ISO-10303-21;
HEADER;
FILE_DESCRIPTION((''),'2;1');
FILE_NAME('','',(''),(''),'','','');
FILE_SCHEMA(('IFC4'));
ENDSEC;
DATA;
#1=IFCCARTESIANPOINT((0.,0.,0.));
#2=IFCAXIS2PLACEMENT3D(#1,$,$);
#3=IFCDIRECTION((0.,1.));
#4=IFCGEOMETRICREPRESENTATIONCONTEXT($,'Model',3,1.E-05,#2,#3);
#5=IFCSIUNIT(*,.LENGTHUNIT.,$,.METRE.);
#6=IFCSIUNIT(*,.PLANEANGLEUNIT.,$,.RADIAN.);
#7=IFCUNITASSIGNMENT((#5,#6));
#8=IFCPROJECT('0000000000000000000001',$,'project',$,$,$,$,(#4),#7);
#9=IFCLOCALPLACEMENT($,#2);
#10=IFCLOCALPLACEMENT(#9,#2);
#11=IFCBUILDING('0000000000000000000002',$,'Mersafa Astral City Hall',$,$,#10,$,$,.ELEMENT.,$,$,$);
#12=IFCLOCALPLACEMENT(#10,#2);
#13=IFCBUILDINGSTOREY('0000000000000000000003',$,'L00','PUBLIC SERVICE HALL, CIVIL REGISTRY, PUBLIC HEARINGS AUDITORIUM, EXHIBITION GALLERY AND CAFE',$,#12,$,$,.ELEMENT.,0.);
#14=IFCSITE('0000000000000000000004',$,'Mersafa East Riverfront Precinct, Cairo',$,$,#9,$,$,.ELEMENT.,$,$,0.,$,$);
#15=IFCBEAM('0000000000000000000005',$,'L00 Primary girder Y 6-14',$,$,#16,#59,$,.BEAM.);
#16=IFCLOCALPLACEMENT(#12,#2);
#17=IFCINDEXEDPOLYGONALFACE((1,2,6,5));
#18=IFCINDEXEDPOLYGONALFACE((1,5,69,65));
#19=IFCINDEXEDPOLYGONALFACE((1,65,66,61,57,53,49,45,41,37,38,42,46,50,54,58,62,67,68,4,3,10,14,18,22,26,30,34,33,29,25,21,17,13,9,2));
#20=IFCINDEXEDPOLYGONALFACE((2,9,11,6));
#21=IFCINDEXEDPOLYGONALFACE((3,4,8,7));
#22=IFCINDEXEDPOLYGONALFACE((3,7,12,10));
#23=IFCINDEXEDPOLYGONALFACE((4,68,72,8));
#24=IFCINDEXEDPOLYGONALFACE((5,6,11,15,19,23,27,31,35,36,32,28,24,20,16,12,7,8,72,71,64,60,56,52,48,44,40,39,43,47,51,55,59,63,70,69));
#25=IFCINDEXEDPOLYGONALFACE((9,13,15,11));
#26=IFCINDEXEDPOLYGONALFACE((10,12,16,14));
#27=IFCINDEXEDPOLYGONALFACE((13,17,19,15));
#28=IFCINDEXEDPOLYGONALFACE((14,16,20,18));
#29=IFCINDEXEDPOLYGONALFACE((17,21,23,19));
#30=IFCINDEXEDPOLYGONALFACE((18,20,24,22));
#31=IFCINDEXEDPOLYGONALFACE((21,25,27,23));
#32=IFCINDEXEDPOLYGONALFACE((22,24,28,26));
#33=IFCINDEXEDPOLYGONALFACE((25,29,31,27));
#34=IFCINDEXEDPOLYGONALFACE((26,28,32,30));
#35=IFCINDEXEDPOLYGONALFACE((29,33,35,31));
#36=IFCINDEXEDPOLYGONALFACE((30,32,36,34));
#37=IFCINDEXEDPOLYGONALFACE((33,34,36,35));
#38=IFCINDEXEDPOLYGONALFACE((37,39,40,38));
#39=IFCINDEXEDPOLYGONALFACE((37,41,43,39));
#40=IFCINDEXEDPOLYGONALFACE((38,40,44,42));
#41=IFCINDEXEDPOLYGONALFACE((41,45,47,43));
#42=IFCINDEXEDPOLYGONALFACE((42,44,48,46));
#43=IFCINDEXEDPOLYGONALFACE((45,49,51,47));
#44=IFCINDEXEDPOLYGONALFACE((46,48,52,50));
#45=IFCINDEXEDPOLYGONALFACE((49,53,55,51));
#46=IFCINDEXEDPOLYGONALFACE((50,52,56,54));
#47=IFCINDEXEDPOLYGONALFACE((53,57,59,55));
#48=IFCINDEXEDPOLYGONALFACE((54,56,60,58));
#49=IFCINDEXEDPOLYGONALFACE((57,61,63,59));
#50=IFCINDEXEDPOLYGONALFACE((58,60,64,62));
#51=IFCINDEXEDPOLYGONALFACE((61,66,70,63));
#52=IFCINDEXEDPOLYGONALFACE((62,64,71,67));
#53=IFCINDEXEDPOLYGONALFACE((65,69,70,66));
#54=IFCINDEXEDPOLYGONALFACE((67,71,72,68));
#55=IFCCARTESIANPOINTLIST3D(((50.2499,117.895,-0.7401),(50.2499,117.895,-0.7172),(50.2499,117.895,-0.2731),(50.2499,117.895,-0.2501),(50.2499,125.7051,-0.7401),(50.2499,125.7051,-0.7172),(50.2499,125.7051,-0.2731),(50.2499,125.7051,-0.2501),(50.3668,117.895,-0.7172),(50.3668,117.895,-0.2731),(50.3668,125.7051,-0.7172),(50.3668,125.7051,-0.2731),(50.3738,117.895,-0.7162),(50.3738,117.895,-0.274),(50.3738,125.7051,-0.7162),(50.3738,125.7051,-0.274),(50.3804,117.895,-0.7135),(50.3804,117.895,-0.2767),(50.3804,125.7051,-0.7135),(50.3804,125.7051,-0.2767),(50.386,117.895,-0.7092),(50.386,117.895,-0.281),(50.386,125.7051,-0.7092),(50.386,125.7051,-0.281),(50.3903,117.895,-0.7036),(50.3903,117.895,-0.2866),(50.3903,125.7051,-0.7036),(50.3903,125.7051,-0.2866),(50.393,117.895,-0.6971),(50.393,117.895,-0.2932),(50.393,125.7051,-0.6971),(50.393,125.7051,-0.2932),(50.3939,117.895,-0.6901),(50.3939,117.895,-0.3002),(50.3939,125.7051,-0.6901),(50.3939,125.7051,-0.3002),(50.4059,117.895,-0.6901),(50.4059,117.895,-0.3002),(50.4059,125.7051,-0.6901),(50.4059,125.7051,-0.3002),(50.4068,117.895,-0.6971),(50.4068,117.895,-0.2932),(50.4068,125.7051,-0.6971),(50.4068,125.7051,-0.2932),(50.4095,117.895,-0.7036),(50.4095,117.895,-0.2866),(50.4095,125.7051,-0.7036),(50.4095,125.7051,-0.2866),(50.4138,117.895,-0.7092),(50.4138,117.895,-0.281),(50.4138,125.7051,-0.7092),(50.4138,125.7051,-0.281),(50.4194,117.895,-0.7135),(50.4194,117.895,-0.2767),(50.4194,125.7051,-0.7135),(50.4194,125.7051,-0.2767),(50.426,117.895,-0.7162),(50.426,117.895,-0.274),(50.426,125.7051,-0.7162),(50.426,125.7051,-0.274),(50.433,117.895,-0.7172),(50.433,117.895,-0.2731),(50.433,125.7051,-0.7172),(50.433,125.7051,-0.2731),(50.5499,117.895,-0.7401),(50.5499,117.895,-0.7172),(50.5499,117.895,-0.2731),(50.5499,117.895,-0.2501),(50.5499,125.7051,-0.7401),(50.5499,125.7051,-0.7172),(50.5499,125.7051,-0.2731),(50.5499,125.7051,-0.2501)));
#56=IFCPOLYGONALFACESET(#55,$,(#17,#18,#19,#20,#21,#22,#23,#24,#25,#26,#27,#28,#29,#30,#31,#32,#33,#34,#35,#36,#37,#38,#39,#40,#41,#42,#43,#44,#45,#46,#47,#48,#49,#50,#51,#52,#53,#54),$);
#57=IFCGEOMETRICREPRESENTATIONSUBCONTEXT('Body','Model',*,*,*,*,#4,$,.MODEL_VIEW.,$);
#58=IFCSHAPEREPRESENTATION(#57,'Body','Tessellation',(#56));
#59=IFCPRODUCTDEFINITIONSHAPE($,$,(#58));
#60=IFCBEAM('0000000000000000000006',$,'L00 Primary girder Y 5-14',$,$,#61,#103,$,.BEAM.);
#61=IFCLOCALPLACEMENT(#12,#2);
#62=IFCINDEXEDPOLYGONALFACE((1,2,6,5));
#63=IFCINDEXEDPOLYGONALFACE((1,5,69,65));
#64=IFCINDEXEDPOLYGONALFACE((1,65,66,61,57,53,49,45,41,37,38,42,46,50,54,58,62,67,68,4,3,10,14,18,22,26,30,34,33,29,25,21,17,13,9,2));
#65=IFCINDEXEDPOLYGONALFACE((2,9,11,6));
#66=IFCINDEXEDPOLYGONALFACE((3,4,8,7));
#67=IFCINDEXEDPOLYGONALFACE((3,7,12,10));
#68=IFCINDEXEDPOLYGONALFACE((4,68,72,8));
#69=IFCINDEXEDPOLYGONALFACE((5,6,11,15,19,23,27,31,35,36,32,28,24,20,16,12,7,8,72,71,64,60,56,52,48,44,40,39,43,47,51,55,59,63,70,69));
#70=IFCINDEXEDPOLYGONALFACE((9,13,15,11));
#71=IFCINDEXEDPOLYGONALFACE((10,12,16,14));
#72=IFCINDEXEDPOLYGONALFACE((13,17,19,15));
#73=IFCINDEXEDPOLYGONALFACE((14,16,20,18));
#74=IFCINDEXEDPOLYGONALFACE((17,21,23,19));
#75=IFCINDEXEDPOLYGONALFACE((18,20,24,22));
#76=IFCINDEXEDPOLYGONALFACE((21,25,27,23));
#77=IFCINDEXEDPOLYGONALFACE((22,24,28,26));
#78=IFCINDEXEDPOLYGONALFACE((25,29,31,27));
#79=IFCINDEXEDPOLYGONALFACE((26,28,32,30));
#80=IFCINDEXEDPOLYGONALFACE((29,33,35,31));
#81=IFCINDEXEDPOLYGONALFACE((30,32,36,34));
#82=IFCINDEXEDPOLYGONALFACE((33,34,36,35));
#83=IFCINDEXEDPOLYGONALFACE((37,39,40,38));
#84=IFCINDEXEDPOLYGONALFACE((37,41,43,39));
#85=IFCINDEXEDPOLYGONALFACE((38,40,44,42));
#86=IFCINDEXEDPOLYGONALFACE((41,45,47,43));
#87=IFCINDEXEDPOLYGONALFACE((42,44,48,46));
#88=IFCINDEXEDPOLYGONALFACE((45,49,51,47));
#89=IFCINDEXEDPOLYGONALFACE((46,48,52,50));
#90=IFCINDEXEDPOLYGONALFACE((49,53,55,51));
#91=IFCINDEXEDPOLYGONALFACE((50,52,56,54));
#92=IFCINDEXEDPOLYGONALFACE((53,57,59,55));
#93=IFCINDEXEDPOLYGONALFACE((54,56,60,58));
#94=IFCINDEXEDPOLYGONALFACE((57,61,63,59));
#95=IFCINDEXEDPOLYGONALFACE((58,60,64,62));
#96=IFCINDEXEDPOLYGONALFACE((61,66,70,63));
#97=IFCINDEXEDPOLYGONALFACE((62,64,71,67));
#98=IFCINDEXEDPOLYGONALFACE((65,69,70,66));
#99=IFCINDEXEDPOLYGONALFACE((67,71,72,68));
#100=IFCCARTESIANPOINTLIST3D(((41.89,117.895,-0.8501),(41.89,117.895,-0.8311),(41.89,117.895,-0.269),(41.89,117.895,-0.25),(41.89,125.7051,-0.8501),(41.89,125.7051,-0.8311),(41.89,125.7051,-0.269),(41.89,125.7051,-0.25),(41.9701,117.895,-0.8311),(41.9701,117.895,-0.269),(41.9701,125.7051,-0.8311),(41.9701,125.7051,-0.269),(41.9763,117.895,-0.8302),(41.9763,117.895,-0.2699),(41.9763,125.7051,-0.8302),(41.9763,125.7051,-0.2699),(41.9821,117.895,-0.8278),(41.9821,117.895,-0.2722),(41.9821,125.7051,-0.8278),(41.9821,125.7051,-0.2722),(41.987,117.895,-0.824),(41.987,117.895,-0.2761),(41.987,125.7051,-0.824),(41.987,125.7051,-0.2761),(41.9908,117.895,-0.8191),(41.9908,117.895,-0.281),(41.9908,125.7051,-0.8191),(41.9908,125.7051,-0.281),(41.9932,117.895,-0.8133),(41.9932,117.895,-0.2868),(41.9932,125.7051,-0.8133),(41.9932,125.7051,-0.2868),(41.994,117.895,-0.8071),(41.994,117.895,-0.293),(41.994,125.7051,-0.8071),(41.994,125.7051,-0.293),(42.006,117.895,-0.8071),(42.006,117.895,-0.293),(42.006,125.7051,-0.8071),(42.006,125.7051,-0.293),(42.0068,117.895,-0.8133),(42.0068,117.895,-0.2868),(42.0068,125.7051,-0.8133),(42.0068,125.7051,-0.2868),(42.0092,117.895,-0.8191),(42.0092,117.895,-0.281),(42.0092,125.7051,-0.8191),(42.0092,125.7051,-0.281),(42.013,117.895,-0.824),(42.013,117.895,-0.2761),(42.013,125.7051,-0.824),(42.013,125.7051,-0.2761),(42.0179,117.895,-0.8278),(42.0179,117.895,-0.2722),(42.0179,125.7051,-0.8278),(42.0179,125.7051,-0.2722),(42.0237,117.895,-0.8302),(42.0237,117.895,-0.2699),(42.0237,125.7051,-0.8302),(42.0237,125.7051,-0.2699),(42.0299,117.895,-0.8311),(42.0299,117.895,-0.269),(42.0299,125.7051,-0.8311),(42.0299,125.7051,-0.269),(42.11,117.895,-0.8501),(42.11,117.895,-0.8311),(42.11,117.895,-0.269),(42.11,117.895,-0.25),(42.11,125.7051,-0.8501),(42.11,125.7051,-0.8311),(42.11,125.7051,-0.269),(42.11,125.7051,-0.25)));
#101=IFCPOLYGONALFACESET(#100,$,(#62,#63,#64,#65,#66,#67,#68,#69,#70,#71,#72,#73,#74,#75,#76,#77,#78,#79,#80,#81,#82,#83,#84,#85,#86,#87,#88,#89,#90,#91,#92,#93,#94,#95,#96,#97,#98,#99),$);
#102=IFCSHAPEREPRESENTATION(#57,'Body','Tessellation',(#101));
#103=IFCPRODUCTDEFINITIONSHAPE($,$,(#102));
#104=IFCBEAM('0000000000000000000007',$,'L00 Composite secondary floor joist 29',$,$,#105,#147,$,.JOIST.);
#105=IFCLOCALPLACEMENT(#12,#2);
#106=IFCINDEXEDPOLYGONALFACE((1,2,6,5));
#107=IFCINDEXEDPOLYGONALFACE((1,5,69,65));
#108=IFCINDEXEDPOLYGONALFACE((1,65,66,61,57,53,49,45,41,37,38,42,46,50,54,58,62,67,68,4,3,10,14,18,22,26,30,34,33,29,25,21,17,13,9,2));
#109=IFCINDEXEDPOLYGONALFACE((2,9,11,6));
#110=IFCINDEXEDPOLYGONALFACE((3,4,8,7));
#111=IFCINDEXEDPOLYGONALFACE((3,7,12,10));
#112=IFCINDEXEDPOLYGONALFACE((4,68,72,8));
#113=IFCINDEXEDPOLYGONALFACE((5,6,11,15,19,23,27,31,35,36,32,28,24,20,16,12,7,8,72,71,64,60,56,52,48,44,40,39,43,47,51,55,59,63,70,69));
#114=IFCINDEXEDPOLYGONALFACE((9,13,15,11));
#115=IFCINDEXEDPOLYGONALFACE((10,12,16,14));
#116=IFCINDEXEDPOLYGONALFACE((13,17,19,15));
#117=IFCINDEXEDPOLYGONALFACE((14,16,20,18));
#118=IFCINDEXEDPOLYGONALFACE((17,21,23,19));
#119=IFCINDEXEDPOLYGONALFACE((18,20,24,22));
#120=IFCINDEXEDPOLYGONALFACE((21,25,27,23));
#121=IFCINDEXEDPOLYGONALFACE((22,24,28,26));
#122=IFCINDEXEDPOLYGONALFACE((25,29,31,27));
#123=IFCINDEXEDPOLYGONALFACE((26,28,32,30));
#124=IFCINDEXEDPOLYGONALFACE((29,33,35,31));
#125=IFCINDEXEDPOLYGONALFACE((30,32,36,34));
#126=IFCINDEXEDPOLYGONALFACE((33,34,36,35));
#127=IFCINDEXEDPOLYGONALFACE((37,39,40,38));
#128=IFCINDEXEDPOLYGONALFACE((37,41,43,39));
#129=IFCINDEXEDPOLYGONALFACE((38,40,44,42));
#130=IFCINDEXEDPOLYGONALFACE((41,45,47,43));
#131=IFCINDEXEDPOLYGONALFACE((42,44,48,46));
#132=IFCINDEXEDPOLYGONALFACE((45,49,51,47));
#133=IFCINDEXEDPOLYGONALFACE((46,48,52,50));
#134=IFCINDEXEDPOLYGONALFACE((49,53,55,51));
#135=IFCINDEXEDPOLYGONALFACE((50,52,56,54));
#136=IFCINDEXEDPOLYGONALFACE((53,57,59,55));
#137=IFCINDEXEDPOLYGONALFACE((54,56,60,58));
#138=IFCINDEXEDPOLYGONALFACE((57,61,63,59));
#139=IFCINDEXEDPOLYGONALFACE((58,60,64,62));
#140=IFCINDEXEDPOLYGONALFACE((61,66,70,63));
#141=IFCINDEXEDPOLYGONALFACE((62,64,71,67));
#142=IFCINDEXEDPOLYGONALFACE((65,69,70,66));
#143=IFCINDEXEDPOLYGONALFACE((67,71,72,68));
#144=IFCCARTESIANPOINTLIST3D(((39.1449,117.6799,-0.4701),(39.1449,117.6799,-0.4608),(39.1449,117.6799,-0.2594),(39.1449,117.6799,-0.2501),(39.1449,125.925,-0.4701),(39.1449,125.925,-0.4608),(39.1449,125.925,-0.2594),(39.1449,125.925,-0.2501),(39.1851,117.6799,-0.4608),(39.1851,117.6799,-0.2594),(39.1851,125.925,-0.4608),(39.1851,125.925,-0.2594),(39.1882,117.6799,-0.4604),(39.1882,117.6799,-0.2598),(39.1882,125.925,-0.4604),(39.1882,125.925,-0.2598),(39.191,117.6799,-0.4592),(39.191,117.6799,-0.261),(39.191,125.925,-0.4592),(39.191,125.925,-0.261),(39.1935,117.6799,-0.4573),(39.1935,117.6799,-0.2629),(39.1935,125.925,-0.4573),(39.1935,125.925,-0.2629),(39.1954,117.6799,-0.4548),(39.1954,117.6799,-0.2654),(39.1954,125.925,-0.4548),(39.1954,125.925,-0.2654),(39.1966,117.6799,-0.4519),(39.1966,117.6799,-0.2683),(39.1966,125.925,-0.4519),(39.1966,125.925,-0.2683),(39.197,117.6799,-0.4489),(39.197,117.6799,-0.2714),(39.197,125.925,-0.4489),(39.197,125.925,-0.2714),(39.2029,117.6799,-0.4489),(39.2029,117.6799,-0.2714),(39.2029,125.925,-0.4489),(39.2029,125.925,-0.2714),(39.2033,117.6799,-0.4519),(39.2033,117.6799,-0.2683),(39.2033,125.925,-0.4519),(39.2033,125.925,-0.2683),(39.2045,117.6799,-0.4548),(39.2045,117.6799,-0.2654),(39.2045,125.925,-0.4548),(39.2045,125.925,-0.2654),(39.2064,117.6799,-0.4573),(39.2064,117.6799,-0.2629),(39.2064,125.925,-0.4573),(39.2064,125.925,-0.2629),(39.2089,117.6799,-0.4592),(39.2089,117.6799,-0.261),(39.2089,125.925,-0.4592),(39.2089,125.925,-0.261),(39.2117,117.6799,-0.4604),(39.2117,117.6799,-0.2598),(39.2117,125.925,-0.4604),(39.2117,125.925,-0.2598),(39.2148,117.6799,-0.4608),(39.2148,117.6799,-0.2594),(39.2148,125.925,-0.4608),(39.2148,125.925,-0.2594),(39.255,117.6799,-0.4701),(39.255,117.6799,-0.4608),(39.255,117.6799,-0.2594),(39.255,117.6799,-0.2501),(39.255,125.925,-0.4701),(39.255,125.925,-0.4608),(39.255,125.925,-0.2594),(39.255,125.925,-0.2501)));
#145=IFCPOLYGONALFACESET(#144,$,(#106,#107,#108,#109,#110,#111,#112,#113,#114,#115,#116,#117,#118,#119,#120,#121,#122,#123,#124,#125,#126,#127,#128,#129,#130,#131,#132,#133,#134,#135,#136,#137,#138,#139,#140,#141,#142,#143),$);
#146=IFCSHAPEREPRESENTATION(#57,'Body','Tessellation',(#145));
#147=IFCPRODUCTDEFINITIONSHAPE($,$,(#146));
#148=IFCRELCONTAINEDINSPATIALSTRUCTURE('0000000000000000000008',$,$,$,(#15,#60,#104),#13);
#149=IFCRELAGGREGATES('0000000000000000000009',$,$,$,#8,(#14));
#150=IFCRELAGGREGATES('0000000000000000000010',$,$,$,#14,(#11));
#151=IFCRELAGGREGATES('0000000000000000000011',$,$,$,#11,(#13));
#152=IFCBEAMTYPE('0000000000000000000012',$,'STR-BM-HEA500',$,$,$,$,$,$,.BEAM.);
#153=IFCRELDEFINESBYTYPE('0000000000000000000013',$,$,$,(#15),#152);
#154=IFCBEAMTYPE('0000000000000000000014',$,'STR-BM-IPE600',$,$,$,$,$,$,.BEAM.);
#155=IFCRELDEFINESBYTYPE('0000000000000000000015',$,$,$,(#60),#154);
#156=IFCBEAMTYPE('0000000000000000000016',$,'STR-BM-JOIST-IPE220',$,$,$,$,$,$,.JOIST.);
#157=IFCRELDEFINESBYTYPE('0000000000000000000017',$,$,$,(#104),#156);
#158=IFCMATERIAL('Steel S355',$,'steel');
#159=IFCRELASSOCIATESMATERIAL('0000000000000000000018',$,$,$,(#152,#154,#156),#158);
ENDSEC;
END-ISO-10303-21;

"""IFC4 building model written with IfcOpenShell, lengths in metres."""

from ifc_helpers import new_model, si_unit, direction, frame, origin, origin_2d, place, context, subcontext, project, spatial, i_section, extrude, material, material_profile, profile_set, type_object, element, save


model = new_model("IFC4")

# Units and contexts
model_context = context("Model", 3, precision=1e-05, world=origin(), true_north=direction((0.0, 1.0)))
body_context = subcontext(model_context, "Body", "Model", "MODEL_VIEW")
ifc_project = project(units=[si_unit("LENGTHUNIT", "METRE"), si_unit("PLANEANGLEUNIT", "RADIAN")], contexts=[model_context])

# Site, building, storey
site_placement = place(None, origin())
site = spatial("IfcSite", under=ifc_project, at=site_placement, Name="Mersafa East Riverfront Precinct, Cairo", CompositionType="ELEMENT", RefElevation=0.0)
building_placement = place(site_placement, origin())
building = spatial("IfcBuilding", under=site, at=building_placement, Name="Mersafa Astral City Hall", CompositionType="ELEMENT")
storey_placement = place(building_placement, origin())
storey = spatial("IfcBuildingStorey", under=building, at=storey_placement, Name="L00", Description="PUBLIC SERVICE HALL, CIVIL REGISTRY, PUBLIC HEARINGS AUDITORIUM, EXHIBITION GALLERY AND CAFE", CompositionType="ELEMENT", Elevation=0.0)

# Shared definitions
ifc_material_1 = material(Name="Steel S355", Category="steel")

# Beams
ifc_material_profile_1 = material_profile(ifc_material_1, i_section(OverallWidth=0.3, OverallDepth=0.49, WebThickness=0.012, FlangeThickness=0.0229, FilletRadius=0.0271, at=origin_2d()), Name="HEA 500")
ifc_profile_set_1 = profile_set([ifc_material_profile_1], Name="Steel S355")
beam_type_1 = type_object("IfcBeamType", Name="STR-BM-HEA500", PredefinedType="BEAM", material=ifc_profile_set_1)
beam_1_placement = place(storey_placement, frame((50.3999, 117.895, -0.4951), z_axis=(0.0, 1.0, 0.0), x_axis=(-1.0, 0.0, 0.0)))
element("IfcBeam", 1, at=beam_1_placement, inside=storey, type_object=beam_type_1, Name="L00 Primary girder Y 6-14", PredefinedType="BEAM", context=body_context, shape_type="SweptSolid", body=[
    extrude(i_section(OverallWidth=0.3, OverallDepth=0.49, WebThickness=0.012, FlangeThickness=0.0229, FilletRadius=0.0271, at=origin_2d()), origin(), (0.0, 0.0, 1.0), 7.8101),
])
ifc_material_profile_2 = material_profile(ifc_material_1, i_section(OverallWidth=0.22, OverallDepth=0.6001, WebThickness=0.012, FlangeThickness=0.019, FilletRadius=0.0239, at=origin_2d()), Name="IPE 600")
ifc_profile_set_2 = profile_set([ifc_material_profile_2], Name="Steel S355")
beam_type_2 = type_object("IfcBeamType", Name="STR-BM-IPE600", PredefinedType="BEAM", material=ifc_profile_set_2)
beam_2_placement = place(storey_placement, frame((42.0, 117.895, -0.55), z_axis=(0.0, 1.0, 0.0), x_axis=(-1.0, 0.0, 0.0)))
element("IfcBeam", 2, at=beam_2_placement, inside=storey, type_object=beam_type_2, Name="L00 Primary girder Y 5-14", PredefinedType="BEAM", context=body_context, shape_type="SweptSolid", body=[
    extrude(i_section(OverallWidth=0.22, OverallDepth=0.6001, WebThickness=0.012, FlangeThickness=0.019, FilletRadius=0.0239, at=origin_2d()), origin(), (0.0, 0.0, 1.0), 7.8101),
])
ifc_material_profile_3 = material_profile(ifc_material_1, i_section(OverallWidth=0.1101, OverallDepth=0.22, WebThickness=0.0059, FlangeThickness=0.0093, FilletRadius=0.012, at=origin_2d()), Name="IPE 220")
ifc_profile_set_3 = profile_set([ifc_material_profile_3], Name="Steel S355")
beam_type_3 = type_object("IfcBeamType", Name="STR-BM-JOIST-IPE220", PredefinedType="JOIST", material=ifc_profile_set_3)
beam_3_placement = place(storey_placement, frame((39.2, 117.6799, -0.3601), z_axis=(0.0, 1.0, 0.0), x_axis=(-1.0, 0.0, 0.0)))
element("IfcBeam", 3, at=beam_3_placement, inside=storey, type_object=beam_type_3, Name="L00 Composite secondary floor joist 29", PredefinedType="JOIST", context=body_context, shape_type="SweptSolid", body=[
    extrude(i_section(OverallWidth=0.1101, OverallDepth=0.22, WebThickness=0.0059, FlangeThickness=0.0093, FilletRadius=0.012, at=origin_2d()), origin(), (0.0, 0.0, 1.0), 8.2451),
])

save(model, "model.ifc")
